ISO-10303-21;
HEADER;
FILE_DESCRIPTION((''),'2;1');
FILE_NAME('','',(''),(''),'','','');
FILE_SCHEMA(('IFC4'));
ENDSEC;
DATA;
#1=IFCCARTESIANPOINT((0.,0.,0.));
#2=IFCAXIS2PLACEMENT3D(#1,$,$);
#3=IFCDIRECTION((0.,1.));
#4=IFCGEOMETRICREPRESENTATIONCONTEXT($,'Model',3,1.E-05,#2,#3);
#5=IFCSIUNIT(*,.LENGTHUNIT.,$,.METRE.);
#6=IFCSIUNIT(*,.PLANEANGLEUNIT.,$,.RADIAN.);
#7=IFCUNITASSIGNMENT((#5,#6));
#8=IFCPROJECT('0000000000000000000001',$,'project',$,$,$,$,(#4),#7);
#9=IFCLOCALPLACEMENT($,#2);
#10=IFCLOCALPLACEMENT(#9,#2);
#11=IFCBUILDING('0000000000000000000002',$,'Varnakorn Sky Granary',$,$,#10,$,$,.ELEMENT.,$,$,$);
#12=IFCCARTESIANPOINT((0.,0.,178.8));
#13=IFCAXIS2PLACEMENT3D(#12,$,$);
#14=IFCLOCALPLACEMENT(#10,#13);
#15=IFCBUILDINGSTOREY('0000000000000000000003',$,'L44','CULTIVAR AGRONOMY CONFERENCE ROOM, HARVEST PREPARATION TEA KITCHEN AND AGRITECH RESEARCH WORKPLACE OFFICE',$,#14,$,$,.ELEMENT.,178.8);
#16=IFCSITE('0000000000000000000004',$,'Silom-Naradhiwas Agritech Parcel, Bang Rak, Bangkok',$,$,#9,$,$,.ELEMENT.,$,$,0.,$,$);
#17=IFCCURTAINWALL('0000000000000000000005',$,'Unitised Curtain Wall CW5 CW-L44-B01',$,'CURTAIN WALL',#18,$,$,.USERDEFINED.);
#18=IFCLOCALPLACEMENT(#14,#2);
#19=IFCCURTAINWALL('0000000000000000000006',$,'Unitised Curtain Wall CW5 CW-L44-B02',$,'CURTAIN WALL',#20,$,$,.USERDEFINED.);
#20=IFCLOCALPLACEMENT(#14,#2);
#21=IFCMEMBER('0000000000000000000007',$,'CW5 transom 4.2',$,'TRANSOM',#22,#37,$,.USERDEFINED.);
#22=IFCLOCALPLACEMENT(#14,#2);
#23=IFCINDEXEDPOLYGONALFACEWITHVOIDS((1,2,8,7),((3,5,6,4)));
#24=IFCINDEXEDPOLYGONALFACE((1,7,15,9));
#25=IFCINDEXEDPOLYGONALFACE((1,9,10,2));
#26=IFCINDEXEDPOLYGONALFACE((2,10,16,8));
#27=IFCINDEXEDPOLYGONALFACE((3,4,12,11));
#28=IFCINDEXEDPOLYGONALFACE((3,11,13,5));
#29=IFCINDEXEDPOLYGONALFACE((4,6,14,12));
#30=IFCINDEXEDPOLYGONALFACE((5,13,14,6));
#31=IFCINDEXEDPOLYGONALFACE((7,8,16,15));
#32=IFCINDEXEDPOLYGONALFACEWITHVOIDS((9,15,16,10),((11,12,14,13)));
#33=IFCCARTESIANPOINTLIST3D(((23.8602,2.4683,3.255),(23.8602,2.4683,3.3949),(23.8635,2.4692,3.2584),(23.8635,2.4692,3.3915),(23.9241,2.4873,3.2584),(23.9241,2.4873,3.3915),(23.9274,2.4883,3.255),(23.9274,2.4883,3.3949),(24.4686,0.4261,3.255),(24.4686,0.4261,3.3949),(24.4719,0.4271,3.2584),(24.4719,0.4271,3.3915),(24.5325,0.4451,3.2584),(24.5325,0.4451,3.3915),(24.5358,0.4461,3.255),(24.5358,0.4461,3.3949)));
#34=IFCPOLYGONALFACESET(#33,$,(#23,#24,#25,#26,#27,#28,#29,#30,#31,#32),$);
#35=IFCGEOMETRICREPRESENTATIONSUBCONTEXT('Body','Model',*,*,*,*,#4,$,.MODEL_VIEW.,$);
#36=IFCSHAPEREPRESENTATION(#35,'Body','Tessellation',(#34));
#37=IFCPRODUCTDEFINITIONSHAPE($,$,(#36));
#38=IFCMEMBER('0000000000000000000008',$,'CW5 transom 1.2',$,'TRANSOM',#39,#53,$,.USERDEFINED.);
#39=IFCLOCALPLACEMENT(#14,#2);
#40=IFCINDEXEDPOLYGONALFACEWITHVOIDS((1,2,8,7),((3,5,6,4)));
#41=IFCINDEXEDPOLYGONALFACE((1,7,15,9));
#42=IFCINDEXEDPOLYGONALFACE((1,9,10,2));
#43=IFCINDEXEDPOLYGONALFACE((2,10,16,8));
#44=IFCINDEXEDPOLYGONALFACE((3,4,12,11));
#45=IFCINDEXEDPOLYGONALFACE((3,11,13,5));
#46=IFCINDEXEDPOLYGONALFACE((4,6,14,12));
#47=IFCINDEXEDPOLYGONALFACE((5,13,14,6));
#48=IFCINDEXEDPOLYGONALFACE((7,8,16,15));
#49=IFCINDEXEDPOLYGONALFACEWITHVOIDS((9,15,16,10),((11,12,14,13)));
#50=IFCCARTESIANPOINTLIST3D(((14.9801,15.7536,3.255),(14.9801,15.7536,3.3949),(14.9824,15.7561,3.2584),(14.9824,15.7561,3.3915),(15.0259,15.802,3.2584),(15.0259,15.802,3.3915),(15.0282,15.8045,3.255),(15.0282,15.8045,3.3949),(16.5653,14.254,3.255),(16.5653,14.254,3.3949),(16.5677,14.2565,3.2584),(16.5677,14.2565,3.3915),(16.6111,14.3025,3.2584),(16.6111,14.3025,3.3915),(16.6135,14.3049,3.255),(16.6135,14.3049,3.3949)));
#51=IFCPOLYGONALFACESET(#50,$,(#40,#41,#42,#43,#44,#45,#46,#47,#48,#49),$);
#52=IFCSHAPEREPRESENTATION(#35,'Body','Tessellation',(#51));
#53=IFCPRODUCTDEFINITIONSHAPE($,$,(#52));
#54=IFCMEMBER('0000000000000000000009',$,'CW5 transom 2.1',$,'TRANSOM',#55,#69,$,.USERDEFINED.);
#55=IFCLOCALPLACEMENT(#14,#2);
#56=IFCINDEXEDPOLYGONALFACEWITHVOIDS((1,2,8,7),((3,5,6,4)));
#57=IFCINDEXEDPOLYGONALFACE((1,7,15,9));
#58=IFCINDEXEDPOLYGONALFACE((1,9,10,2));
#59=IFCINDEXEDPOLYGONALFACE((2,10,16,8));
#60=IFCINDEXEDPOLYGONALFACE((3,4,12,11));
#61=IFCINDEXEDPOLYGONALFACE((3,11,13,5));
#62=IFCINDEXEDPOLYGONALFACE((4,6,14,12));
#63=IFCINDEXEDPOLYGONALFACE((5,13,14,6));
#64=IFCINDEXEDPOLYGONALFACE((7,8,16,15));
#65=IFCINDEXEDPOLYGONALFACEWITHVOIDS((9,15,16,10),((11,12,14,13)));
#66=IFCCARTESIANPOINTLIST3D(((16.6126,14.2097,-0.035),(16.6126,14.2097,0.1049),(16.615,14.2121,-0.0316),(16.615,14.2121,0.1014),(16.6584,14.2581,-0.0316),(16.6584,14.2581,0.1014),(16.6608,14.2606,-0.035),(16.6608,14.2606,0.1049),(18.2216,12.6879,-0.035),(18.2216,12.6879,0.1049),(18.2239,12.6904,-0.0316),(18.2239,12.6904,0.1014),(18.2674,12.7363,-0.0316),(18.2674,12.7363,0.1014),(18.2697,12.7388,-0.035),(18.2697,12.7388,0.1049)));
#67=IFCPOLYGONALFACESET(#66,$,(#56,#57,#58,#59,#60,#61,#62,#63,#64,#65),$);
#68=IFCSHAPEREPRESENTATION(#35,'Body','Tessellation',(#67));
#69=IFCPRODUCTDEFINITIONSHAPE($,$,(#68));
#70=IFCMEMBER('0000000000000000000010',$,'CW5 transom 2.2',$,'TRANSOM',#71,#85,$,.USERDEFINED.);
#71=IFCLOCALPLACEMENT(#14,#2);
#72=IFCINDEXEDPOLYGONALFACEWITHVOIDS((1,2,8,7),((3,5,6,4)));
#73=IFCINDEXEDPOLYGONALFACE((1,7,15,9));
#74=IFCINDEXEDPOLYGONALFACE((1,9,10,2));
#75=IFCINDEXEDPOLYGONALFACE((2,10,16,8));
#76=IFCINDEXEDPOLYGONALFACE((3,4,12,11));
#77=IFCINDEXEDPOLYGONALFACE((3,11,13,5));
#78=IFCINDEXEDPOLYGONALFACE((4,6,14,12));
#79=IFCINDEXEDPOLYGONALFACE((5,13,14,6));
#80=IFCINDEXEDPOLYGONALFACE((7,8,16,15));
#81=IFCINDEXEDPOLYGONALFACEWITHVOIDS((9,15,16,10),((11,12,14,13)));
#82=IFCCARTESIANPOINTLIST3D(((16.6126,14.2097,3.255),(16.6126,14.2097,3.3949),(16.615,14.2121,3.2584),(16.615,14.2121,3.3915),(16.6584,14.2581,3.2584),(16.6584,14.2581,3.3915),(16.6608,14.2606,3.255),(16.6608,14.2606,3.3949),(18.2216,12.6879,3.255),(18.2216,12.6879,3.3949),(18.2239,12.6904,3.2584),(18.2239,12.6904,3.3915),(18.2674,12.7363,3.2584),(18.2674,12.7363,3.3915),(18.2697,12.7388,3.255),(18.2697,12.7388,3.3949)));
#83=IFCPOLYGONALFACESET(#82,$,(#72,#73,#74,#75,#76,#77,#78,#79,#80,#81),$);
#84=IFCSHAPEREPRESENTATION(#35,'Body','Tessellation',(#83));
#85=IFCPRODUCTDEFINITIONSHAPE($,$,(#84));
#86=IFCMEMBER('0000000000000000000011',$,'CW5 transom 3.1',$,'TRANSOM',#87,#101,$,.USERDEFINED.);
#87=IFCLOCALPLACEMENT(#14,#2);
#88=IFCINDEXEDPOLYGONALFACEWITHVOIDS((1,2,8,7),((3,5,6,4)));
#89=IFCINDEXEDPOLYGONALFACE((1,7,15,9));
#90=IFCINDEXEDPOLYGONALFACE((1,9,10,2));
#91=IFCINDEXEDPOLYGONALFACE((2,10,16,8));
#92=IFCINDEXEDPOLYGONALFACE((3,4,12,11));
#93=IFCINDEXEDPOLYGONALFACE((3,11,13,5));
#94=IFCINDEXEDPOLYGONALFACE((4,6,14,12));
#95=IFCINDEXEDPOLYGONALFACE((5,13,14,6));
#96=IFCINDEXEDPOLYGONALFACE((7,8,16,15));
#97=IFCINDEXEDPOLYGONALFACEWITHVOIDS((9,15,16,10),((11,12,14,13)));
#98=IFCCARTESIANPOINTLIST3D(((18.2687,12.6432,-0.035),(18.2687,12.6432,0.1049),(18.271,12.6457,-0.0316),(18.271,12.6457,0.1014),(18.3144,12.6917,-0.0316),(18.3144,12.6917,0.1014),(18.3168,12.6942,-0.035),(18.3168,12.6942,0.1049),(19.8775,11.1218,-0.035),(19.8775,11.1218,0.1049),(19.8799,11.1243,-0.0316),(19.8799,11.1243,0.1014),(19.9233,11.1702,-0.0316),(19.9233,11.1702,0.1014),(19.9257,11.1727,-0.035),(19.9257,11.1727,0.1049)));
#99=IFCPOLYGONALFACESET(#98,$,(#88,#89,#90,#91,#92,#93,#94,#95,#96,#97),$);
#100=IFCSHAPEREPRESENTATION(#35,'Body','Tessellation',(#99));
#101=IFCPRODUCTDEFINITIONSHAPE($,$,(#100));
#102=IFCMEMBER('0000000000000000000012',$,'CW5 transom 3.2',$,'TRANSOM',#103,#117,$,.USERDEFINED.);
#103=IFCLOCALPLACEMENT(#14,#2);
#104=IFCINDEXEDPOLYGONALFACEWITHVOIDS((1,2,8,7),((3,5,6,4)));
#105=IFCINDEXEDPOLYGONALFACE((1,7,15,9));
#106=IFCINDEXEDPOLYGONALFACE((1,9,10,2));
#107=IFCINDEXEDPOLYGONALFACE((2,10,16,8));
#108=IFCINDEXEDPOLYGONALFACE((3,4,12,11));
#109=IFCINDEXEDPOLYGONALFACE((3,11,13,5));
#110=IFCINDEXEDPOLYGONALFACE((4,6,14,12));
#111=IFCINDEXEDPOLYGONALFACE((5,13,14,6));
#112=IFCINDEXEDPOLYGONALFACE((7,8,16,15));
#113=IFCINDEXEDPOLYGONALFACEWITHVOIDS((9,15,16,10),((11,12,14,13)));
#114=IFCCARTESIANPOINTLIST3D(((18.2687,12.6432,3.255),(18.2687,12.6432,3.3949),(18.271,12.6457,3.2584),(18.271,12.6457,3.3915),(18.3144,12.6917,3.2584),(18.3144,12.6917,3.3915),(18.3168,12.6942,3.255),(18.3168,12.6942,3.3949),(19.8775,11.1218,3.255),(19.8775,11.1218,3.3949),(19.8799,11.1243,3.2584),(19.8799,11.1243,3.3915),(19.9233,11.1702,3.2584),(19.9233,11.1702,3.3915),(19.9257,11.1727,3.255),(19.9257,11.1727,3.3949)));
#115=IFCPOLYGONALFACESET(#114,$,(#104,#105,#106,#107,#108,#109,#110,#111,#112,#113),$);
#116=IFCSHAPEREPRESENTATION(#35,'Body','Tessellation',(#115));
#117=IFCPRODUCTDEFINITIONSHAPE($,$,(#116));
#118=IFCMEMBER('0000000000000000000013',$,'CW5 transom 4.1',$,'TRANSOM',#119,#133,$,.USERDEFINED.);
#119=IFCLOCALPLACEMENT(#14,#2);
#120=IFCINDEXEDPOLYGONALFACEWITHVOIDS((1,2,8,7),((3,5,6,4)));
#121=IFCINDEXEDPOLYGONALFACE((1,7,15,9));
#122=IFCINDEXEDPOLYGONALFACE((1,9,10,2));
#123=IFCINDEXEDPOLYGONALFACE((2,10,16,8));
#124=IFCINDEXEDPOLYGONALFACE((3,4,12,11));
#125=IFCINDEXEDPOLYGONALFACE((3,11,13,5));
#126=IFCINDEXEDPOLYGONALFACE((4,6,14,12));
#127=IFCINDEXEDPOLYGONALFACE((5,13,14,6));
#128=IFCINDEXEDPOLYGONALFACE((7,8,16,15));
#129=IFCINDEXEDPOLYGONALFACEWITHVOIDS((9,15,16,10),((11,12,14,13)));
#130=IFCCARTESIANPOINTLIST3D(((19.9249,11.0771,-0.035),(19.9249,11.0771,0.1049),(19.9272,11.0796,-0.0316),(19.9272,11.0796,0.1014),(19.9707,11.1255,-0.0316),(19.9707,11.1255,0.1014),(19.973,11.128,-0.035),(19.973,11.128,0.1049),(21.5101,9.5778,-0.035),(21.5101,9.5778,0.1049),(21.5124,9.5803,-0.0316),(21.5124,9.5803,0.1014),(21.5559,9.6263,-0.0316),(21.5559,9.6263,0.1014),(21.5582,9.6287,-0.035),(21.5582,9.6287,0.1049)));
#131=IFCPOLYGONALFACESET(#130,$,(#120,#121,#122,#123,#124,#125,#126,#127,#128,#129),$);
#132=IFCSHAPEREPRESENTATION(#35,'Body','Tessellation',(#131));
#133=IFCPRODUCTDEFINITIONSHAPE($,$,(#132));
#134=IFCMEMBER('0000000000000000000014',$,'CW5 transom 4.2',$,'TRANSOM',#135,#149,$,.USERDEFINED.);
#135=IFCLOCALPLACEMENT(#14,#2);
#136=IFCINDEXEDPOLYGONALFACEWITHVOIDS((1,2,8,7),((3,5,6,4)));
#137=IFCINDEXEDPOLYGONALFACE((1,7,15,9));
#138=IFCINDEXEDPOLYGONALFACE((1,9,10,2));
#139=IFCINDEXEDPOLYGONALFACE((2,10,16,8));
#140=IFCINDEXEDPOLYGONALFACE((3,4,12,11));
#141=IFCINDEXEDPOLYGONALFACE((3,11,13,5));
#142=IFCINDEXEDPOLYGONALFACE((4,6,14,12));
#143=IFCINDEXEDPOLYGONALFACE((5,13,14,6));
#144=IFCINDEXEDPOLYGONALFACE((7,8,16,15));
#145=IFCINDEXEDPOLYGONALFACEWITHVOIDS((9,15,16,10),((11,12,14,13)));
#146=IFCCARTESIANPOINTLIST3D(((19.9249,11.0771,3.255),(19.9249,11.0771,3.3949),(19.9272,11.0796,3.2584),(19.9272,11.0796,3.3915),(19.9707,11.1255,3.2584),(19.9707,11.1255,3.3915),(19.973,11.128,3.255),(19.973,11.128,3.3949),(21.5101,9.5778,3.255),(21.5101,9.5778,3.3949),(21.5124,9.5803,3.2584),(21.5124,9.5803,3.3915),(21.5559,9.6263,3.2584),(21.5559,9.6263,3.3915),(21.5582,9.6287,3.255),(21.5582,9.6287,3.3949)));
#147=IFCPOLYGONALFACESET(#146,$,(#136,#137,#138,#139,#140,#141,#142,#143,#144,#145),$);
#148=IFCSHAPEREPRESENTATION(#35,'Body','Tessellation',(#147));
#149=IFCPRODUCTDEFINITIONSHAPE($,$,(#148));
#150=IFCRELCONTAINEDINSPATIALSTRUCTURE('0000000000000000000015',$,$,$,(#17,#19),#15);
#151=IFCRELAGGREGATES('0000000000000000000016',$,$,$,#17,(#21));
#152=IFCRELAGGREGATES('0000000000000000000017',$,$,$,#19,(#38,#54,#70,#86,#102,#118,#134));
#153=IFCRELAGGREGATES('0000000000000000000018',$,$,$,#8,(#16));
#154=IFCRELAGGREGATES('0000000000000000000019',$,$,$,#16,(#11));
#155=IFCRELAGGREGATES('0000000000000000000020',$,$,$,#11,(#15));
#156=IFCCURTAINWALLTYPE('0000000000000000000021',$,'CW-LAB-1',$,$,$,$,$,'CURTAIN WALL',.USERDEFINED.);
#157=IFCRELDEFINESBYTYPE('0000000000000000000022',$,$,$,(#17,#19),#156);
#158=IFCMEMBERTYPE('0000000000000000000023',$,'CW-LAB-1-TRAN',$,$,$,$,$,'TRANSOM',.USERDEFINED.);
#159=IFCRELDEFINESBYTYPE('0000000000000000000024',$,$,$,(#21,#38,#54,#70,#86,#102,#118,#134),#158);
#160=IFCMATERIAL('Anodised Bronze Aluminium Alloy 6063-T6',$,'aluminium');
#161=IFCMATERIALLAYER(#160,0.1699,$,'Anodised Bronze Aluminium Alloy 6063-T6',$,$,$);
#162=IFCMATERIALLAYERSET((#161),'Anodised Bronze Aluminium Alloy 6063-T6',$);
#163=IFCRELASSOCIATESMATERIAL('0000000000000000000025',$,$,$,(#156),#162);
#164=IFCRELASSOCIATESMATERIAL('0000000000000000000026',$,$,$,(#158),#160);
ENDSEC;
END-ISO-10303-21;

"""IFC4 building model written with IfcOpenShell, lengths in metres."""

from ifc_helpers import new_model, si_unit, direction, frame, origin, origin_2d, place, context, subcontext, project, spatial, hollow_rectangle, extrude, material, layer, layer_set, material_profile, profile_set, type_object, element, aggregate, save


model = new_model("IFC4")

# Units and contexts
model_context = context("Model", 3, precision=1e-05, world=origin(), true_north=direction((0.0, 1.0)))
body_context = subcontext(model_context, "Body", "Model", "MODEL_VIEW")
ifc_project = project(units=[si_unit("LENGTHUNIT", "METRE"), si_unit("PLANEANGLEUNIT", "RADIAN")], contexts=[model_context])

# Site, building, storey
site_placement = place(None, origin())
site = spatial("IfcSite", under=ifc_project, at=site_placement, Name="Silom-Naradhiwas Agritech Parcel, Bang Rak, Bangkok", CompositionType="ELEMENT", RefElevation=0.0)
building_placement = place(site_placement, origin())
building = spatial("IfcBuilding", under=site, at=building_placement, Name="Varnakorn Sky Granary", CompositionType="ELEMENT")
storey_placement = place(building_placement, frame((0.0, 0.0, 178.8)))
storey = spatial("IfcBuildingStorey", under=building, at=storey_placement, Name="L44", Description="CULTIVAR AGRONOMY CONFERENCE ROOM, HARVEST PREPARATION TEA KITCHEN AND AGRITECH RESEARCH WORKPLACE OFFICE", CompositionType="ELEMENT", Elevation=178.8)

# Curtain walls
ifc_material_1 = material(Name="Anodised Bronze Aluminium Alloy 6063-T6", Category="aluminium")
ifc_layer_1 = layer(ifc_material_1, 0.1699, Name="Anodised Bronze Aluminium Alloy 6063-T6")
ifc_layer_set_1 = layer_set([ifc_layer_1], Name="Anodised Bronze Aluminium Alloy 6063-T6")
curtain_wall_type = type_object("IfcCurtainWallType", Name="CW-LAB-1", ElementType="CURTAIN WALL", PredefinedType="USERDEFINED", material=ifc_layer_set_1)
curtain_wall_1_placement = place(storey_placement, origin())
curtain_wall_1 = element("IfcCurtainWall", 1, at=curtain_wall_1_placement, inside=storey, type_object=curtain_wall_type, Name="Unitised Curtain Wall CW5 CW-L44-B01", ObjectType="CURTAIN WALL", PredefinedType="USERDEFINED")
curtain_wall_2_placement = place(storey_placement, origin())
curtain_wall_2 = element("IfcCurtainWall", 2, at=curtain_wall_2_placement, inside=storey, type_object=curtain_wall_type, Name="Unitised Curtain Wall CW5 CW-L44-B02", ObjectType="CURTAIN WALL", PredefinedType="USERDEFINED")

# Members
ifc_material_profile_1 = material_profile(ifc_material_1, hollow_rectangle(XDim=0.0701, YDim=0.1399, WallThickness=0.0034, at=origin_2d()), Name="ALU TRAN 70x140")
ifc_profile_set_1 = profile_set([ifc_material_profile_1], Name="Anodised Bronze Aluminium Alloy 6063-T6")
member_type_1 = type_object("IfcMemberType", Name="CW-LAB-1-TRAN", ElementType="TRANSOM", PredefinedType="USERDEFINED", material=ifc_profile_set_1)
member_1_placement = place(storey_placement, frame((23.8938, 2.4783, 3.325), z_axis=(0.285508, -0.958376, 0.0), x_axis=(0.958376, 0.285508, 0.0)))
member_1 = element("IfcMember", 3, at=member_1_placement, type_object=member_type_1, Name="CW5 transom 4.2", ObjectType="TRANSOM", PredefinedType="USERDEFINED", context=body_context, shape_type="SweptSolid", body=[
    extrude(hollow_rectangle(XDim=0.0701, YDim=0.1399, WallThickness=0.0034, at=origin_2d()), origin(), (0.0, 0.0, 1.0), 2.1309),
])
member_2_placement = place(storey_placement, frame((15.0042, 15.7791, 3.325), z_axis=(0.72647, -0.687198, 0.0), x_axis=(0.687198, 0.72647, 0.0)))
member_2 = element("IfcMember", 4, at=member_2_placement, type_object=member_type_1, Name="CW5 transom 1.2", ObjectType="TRANSOM", PredefinedType="USERDEFINED", context=body_context, shape_type="SweptSolid", body=[
    extrude(hollow_rectangle(XDim=0.0701, YDim=0.1399, WallThickness=0.0034, at=origin_2d()), origin(), (0.0, 0.0, 1.0), 2.1821),
])
member_3_placement = place(storey_placement, frame((16.6367, 14.2351, 0.0349), z_axis=(0.726512, -0.687154, 0.0), x_axis=(0.687154, 0.726512, 0.0)))
member_3 = element("IfcMember", 5, at=member_3_placement, type_object=member_type_1, Name="CW5 transom 2.1", ObjectType="TRANSOM", PredefinedType="USERDEFINED", context=body_context, shape_type="SweptSolid", body=[
    extrude(hollow_rectangle(XDim=0.0701, YDim=0.1399, WallThickness=0.0034, at=origin_2d()), origin(), (0.0, 0.0, 1.0), 2.2146),
])
member_4_placement = place(storey_placement, frame((16.6367, 14.2351, 3.325), z_axis=(0.726512, -0.687154, 0.0), x_axis=(0.687154, 0.726512, 0.0)))
member_4 = element("IfcMember", 6, at=member_4_placement, type_object=member_type_1, Name="CW5 transom 2.2", ObjectType="TRANSOM", PredefinedType="USERDEFINED", context=body_context, shape_type="SweptSolid", body=[
    extrude(hollow_rectangle(XDim=0.0701, YDim=0.1399, WallThickness=0.0034, at=origin_2d()), origin(), (0.0, 0.0, 1.0), 2.2146),
])
member_5_placement = place(storey_placement, frame((18.2927, 12.6687, 0.0349), z_axis=(0.726567, -0.687096, 0.0), x_axis=(0.687096, 0.726567, 0.0)))
member_5 = element("IfcMember", 7, at=member_5_placement, type_object=member_type_1, Name="CW5 transom 3.1", ObjectType="TRANSOM", PredefinedType="USERDEFINED", context=body_context, shape_type="SweptSolid", body=[
    extrude(hollow_rectangle(XDim=0.0701, YDim=0.1399, WallThickness=0.0034, at=origin_2d()), origin(), (0.0, 0.0, 1.0), 2.2144),
])
member_6_placement = place(storey_placement, frame((18.2927, 12.6687, 3.325), z_axis=(0.726567, -0.687096, 0.0), x_axis=(0.687096, 0.726567, 0.0)))
member_6 = element("IfcMember", 8, at=member_6_placement, type_object=member_type_1, Name="CW5 transom 3.2", ObjectType="TRANSOM", PredefinedType="USERDEFINED", context=body_context, shape_type="SweptSolid", body=[
    extrude(hollow_rectangle(XDim=0.0701, YDim=0.1399, WallThickness=0.0034, at=origin_2d()), origin(), (0.0, 0.0, 1.0), 2.2144),
])
member_7_placement = place(storey_placement, frame((19.949, 11.1025, 0.0349), z_axis=(0.726526, -0.687139, 0.0), x_axis=(0.687139, 0.726526, 0.0)))
member_7 = element("IfcMember", 9, at=member_7_placement, type_object=member_type_1, Name="CW5 transom 4.1", ObjectType="TRANSOM", PredefinedType="USERDEFINED", context=body_context, shape_type="SweptSolid", body=[
    extrude(hollow_rectangle(XDim=0.0701, YDim=0.1399, WallThickness=0.0034, at=origin_2d()), origin(), (0.0, 0.0, 1.0), 2.1819),
])
member_8_placement = place(storey_placement, frame((19.949, 11.1025, 3.325), z_axis=(0.726526, -0.687139, 0.0), x_axis=(0.687139, 0.726526, 0.0)))
member_8 = element("IfcMember", 10, at=member_8_placement, type_object=member_type_1, Name="CW5 transom 4.2", ObjectType="TRANSOM", PredefinedType="USERDEFINED", context=body_context, shape_type="SweptSolid", body=[
    extrude(hollow_rectangle(XDim=0.0701, YDim=0.1399, WallThickness=0.0034, at=origin_2d()), origin(), (0.0, 0.0, 1.0), 2.1819),
])

aggregate(curtain_wall_1, [member_1])
aggregate(curtain_wall_2, [member_2, member_3, member_4, member_5, member_6, member_7, member_8])

save(model, "model.ifc")
